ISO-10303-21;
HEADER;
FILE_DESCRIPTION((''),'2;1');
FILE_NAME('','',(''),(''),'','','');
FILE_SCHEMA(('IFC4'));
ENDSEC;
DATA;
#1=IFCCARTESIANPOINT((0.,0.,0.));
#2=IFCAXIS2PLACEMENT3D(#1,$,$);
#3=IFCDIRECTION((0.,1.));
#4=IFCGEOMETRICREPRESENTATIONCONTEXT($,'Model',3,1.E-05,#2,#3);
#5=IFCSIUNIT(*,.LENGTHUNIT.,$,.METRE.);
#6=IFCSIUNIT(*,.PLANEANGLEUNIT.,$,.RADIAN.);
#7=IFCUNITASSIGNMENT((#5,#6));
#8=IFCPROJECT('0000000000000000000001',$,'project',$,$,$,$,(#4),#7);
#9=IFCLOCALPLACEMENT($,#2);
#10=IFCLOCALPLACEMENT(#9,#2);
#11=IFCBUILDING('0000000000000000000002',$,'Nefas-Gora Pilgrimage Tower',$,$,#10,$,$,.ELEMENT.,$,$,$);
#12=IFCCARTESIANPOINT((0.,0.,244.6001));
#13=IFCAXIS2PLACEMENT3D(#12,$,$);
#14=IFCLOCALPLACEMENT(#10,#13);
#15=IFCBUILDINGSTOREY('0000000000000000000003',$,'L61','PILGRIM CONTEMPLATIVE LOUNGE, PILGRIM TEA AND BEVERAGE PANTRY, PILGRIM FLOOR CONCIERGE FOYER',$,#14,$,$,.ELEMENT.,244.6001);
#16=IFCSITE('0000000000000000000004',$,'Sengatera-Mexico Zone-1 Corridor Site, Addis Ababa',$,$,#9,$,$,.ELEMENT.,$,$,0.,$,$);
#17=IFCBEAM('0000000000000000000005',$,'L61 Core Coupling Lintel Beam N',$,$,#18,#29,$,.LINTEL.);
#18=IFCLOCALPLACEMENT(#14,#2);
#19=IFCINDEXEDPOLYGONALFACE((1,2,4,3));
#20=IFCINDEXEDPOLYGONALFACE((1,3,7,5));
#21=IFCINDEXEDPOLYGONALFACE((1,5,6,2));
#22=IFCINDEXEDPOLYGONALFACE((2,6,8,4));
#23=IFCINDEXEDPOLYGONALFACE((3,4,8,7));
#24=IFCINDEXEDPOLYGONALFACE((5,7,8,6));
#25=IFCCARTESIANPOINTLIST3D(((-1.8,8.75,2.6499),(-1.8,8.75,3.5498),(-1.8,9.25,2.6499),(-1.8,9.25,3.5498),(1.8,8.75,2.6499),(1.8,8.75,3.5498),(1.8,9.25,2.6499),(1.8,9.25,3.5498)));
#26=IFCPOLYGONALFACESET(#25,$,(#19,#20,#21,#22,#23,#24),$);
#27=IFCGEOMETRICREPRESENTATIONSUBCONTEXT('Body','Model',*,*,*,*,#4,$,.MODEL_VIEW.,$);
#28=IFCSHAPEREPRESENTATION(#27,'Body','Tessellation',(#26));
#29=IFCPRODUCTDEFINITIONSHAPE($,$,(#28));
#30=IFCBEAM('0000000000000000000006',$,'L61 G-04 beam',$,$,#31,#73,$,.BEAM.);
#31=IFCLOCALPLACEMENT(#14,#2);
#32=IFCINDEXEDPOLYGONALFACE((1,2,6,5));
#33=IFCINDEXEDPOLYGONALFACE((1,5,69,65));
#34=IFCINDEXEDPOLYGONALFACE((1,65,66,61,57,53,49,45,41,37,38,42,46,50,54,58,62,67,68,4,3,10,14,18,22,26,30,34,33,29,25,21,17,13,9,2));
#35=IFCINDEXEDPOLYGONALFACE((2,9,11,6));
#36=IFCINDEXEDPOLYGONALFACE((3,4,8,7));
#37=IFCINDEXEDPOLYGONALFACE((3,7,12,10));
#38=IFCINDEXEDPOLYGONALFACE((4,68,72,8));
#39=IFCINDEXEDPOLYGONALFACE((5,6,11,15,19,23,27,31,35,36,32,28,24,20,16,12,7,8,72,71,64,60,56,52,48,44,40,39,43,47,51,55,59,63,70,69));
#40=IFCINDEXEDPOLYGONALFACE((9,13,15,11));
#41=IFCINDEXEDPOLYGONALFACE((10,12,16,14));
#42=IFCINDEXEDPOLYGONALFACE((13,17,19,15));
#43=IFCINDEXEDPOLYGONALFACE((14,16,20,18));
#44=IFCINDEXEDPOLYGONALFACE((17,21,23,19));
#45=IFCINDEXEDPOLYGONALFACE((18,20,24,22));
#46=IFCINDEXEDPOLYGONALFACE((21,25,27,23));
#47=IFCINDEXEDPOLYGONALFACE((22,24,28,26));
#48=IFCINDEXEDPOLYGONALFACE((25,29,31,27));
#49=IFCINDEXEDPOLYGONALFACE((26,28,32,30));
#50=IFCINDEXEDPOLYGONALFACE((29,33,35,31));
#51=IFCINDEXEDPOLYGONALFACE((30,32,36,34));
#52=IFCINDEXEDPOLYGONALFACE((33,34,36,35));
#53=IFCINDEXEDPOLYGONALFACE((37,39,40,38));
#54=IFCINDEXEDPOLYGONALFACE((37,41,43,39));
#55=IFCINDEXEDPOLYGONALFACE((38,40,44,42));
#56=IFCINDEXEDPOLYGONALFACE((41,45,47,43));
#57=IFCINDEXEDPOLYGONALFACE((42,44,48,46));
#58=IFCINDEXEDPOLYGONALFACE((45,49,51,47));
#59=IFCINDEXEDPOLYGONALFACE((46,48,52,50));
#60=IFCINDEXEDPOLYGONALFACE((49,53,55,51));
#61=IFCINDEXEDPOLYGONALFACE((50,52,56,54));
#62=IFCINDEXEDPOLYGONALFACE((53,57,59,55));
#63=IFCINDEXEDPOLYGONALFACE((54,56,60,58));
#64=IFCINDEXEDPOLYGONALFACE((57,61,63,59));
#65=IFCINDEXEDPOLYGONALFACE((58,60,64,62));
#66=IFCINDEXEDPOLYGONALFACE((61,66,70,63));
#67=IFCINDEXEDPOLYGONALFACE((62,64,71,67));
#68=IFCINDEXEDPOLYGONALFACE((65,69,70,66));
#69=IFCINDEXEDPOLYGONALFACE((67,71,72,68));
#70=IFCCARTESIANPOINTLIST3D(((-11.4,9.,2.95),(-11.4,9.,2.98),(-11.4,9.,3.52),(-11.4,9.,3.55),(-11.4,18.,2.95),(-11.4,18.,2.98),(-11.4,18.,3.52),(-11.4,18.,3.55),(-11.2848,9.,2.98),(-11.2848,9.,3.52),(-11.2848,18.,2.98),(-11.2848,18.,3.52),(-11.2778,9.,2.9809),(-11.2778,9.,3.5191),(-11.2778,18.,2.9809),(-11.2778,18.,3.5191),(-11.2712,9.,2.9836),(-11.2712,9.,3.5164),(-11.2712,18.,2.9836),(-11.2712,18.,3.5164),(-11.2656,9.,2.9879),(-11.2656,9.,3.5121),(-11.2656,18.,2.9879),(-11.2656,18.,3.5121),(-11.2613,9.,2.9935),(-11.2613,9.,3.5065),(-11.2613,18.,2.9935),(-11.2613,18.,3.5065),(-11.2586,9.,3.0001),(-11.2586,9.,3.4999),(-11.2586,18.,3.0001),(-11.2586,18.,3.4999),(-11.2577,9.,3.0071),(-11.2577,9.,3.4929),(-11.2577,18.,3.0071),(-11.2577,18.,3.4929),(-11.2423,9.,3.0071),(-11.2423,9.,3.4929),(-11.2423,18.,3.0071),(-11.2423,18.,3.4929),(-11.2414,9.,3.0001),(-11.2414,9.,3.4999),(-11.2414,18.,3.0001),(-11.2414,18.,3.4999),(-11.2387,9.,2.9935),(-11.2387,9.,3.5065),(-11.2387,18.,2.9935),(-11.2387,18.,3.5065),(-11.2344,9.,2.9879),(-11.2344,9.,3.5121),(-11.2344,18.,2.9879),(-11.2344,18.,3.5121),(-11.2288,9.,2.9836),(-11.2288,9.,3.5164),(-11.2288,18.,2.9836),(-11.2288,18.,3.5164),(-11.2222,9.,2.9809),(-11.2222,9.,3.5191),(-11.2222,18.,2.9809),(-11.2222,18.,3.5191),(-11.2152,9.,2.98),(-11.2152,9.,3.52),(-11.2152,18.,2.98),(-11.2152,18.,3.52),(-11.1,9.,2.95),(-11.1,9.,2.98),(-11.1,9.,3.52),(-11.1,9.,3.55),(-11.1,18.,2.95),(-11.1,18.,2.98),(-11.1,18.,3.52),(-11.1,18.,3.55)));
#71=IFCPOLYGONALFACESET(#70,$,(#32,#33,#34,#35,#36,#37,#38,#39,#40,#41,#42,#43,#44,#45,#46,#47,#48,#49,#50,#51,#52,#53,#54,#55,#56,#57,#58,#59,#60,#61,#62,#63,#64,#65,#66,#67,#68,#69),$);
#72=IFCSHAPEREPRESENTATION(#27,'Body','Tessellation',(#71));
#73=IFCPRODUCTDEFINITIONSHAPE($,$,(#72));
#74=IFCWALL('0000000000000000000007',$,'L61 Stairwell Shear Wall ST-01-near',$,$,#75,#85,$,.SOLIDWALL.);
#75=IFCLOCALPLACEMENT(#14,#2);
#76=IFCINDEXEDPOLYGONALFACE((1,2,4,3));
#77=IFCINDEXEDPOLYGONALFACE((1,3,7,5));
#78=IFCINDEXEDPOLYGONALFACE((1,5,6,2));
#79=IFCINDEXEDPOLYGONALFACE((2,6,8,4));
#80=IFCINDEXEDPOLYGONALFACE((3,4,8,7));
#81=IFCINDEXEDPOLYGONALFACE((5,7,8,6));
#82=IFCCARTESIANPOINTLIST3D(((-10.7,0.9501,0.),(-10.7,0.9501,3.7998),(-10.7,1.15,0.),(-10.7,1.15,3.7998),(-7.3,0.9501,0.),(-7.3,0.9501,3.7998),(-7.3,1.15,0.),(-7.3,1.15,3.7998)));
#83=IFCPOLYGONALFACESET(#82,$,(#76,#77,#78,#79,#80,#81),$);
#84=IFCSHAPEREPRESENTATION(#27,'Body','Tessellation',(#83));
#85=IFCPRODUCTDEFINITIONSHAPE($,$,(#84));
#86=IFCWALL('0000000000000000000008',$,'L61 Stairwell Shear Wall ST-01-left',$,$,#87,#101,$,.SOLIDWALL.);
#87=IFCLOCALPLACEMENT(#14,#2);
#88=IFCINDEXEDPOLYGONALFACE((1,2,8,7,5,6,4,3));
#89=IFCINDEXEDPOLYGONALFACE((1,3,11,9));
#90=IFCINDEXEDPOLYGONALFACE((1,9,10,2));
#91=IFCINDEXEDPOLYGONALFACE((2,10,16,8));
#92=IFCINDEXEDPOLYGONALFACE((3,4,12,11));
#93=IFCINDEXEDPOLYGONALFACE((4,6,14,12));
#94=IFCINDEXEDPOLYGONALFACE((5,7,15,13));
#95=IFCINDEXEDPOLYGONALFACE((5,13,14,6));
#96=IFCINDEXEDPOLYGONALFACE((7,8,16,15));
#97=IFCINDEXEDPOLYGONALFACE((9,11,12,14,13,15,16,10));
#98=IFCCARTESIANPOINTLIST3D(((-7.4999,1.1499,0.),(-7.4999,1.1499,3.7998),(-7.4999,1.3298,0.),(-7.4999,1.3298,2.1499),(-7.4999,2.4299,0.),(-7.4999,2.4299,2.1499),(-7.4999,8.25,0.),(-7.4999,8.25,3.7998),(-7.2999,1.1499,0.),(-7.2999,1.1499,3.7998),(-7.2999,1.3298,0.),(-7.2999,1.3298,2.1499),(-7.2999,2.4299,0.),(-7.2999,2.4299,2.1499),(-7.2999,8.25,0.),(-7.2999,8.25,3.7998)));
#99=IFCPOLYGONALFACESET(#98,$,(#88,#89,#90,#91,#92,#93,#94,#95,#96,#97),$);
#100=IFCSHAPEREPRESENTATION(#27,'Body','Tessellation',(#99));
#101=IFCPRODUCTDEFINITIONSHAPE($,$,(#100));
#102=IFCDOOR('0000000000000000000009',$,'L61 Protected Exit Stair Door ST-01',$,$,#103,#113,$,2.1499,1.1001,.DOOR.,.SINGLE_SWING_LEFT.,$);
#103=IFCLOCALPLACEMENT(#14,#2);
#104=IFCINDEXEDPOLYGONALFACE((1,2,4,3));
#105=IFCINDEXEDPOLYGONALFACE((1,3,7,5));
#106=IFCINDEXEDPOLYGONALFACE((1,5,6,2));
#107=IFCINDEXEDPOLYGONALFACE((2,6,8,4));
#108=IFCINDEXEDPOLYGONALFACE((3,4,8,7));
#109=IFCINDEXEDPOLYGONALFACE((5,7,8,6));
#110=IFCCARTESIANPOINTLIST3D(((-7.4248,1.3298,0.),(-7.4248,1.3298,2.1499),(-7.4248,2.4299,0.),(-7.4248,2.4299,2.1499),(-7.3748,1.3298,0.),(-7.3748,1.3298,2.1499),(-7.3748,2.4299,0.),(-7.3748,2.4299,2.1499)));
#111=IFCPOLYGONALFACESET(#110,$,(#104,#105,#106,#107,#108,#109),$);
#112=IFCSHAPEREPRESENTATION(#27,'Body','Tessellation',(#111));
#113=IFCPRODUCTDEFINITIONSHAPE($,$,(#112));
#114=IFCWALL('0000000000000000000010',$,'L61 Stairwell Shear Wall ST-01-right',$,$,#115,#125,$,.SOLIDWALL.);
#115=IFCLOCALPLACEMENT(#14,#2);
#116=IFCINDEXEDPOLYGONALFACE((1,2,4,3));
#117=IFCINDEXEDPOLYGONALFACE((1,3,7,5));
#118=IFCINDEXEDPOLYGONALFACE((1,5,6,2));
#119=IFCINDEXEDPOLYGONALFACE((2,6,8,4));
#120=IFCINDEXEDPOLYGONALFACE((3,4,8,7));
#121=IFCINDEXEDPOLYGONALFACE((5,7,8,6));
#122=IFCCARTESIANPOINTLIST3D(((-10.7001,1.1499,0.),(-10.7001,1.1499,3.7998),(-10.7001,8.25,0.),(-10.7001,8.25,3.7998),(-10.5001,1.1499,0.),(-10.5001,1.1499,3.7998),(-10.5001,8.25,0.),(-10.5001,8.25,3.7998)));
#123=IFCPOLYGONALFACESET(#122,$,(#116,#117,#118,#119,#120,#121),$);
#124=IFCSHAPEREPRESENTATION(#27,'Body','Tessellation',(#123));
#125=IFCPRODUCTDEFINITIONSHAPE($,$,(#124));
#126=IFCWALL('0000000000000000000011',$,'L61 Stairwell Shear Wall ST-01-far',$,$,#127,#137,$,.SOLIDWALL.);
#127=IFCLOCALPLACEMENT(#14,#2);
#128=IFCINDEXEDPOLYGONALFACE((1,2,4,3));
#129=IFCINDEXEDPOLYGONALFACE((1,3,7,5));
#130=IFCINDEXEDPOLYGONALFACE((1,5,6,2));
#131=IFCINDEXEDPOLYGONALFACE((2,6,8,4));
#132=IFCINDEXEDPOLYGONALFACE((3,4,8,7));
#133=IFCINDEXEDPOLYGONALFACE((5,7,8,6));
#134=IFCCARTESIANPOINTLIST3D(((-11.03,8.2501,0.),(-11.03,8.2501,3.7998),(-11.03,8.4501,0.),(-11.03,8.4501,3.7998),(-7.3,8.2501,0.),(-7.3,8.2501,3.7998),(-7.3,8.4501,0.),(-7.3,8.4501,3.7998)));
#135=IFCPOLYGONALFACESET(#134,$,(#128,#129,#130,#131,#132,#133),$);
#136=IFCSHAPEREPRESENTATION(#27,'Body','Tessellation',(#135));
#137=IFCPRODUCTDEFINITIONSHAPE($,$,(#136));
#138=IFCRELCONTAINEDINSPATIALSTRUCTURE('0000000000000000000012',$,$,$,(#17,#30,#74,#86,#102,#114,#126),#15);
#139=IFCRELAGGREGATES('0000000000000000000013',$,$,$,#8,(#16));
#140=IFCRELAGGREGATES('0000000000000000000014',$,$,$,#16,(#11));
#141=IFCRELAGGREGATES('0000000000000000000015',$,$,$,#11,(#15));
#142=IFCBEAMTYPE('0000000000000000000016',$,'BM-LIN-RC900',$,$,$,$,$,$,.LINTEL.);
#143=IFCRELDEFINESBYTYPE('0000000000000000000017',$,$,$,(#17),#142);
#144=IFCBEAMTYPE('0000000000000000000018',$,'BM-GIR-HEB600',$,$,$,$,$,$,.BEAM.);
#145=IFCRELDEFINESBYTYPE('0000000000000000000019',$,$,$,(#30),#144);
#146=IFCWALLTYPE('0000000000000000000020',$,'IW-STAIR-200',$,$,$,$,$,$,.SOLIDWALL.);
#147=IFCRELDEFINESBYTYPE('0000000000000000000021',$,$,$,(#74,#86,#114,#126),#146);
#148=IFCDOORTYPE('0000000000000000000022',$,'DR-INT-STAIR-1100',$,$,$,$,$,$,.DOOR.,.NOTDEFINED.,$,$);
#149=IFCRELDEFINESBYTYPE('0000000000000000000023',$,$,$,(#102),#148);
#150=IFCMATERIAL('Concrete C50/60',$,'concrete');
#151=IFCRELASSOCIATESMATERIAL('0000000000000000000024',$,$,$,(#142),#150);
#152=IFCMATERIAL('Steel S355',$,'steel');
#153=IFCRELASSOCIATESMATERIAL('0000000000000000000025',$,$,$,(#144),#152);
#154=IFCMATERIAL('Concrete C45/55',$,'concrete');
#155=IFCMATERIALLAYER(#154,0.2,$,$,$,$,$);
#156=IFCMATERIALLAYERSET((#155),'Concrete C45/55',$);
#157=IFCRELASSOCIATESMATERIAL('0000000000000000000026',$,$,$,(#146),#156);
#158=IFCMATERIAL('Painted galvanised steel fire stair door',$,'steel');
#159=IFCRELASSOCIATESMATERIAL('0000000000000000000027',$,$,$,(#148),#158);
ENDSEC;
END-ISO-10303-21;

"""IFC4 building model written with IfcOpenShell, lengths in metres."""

from ifc_helpers import new_model, si_unit, direction, frame, frame_2d, origin, origin_2d, place, context, subcontext, project, spatial, rectangle, i_section, extrude, source, transform, mapped, material, layer, layer_set, material_profile, profile_set, type_object, element, fill, save


model = new_model("IFC4")

# Units and contexts
model_context = context("Model", 3, precision=1e-05, world=origin(), true_north=direction((0.0, 1.0)))
body_context = subcontext(model_context, "Body", "Model", "MODEL_VIEW")
ifc_project = project(units=[si_unit("LENGTHUNIT", "METRE"), si_unit("PLANEANGLEUNIT", "RADIAN")], contexts=[model_context])

# Site, building, storey
site_placement = place(None, origin())
site = spatial("IfcSite", under=ifc_project, at=site_placement, Name="Sengatera-Mexico Zone-1 Corridor Site, Addis Ababa", CompositionType="ELEMENT", RefElevation=0.0)
building_placement = place(site_placement, origin())
building = spatial("IfcBuilding", under=site, at=building_placement, Name="Nefas-Gora Pilgrimage Tower", CompositionType="ELEMENT")
storey_placement = place(building_placement, frame((0.0, 0.0, 244.6001)))
storey = spatial("IfcBuildingStorey", under=building, at=storey_placement, Name="L61", Description="PILGRIM CONTEMPLATIVE LOUNGE, PILGRIM TEA AND BEVERAGE PANTRY, PILGRIM FLOOR CONCIERGE FOYER", CompositionType="ELEMENT", Elevation=244.6001)

# Beams
ifc_material_1 = material(Name="Concrete C50/60", Category="concrete")
ifc_material_profile_1 = material_profile(ifc_material_1, rectangle(XDim=0.5, YDim=0.8999, at=origin_2d()), Name="RC 500x900")
ifc_profile_set_1 = profile_set([ifc_material_profile_1], Name="Concrete C50/60")
beam_type_1 = type_object("IfcBeamType", Name="BM-LIN-RC900", PredefinedType="LINTEL", material=ifc_profile_set_1)
shared_shape_1 = source(origin(), body_context, "Body", "SweptSolid", [
    extrude(rectangle(XDim=0.5, YDim=0.8999, at=origin_2d()), origin(), (0.0, 0.0, 1.0), 3.6001),
])
beam_1_placement = place(storey_placement, frame((-1.8, 9.0, 3.0999), z_axis=(1.0, 0.0, 0.0), x_axis=(0.0, 1.0, 0.0)))
element("IfcBeam", 1, at=beam_1_placement, inside=storey, type_object=beam_type_1, Name="L61 Core Coupling Lintel Beam N", PredefinedType="LINTEL", context=body_context, shape_type="MappedRepresentation", body=[
    mapped(shared_shape_1, transform((0.0, 0.0, 0.0), x_axis=(1.0, 0.0, 0.0), y_axis=(0.0, 1.0, 0.0), z_axis=(0.0, 0.0, 1.0), scale=1.0)),
])
ifc_material_2 = material(Name="Steel S355", Category="steel")
ifc_material_profile_2 = material_profile(ifc_material_2, i_section(OverallWidth=0.3, OverallDepth=0.6001, WebThickness=0.0154, FlangeThickness=0.03, FilletRadius=0.0271, at=origin_2d()), Name="HEB 600")
ifc_profile_set_2 = profile_set([ifc_material_profile_2], Name="Steel S355")
beam_type_2 = type_object("IfcBeamType", Name="BM-GIR-HEB600", PredefinedType="BEAM", material=ifc_profile_set_2)
shared_shape_2 = source(origin(), body_context, "Body", "SweptSolid", [
    extrude(i_section(OverallWidth=0.3, OverallDepth=0.6001, WebThickness=0.0154, FlangeThickness=0.03, FilletRadius=0.0271, at=origin_2d()), origin(), (0.0, 0.0, 1.0), 9.0),
])
beam_2_placement = place(storey_placement, frame((-11.25, 9.0, 3.25), z_axis=(0.0, 1.0, 0.0), x_axis=(-1.0, 0.0, 0.0)))
element("IfcBeam", 2, at=beam_2_placement, inside=storey, type_object=beam_type_2, Name="L61 G-04 beam", PredefinedType="BEAM", context=body_context, shape_type="MappedRepresentation", body=[
    mapped(shared_shape_2, transform((0.0, 0.0, 0.0), x_axis=(1.0, 0.0, 0.0), y_axis=(0.0, 1.0, 0.0), z_axis=(0.0, 0.0, 1.0), scale=1.0)),
])

# Wall
ifc_material_3 = material(Name="Concrete C45/55", Category="concrete")
ifc_layer_1 = layer(ifc_material_3, 0.2)
ifc_layer_set_1 = layer_set([ifc_layer_1], Name="Concrete C45/55")
wall_type_1 = type_object("IfcWallType", Name="IW-STAIR-200", PredefinedType="SOLIDWALL", material=ifc_layer_set_1)
shared_shape_3 = source(origin(), body_context, "Body", "SweptSolid", [
    extrude(rectangle(XDim=3.3999, YDim=0.2, at=frame_2d((1.7, 0.0))), origin(), (0.0, 0.0, 1.0), 3.7998),
])
wall_1_placement = place(storey_placement, frame((-7.3, 1.05, 0.0), z_axis=(0.0, 0.0, 1.0), x_axis=(-1.0, 0.0, 0.0)))
element("IfcWall", 3, at=wall_1_placement, inside=storey, type_object=wall_type_1, Name="L61 Stairwell Shear Wall ST-01-near", PredefinedType="SOLIDWALL", context=body_context, shape_type="MappedRepresentation", body=[
    mapped(shared_shape_3, transform((0.0, 0.0, 0.0), x_axis=(1.0, 0.0, 0.0), y_axis=(0.0, 1.0, 0.0), z_axis=(0.0, 0.0, 1.0), scale=1.0)),
])

# Wall, opening, door
shared_shape_4 = source(origin(), body_context, "Body", "SweptSolid", [
    extrude(rectangle(XDim=7.1001, YDim=0.2, at=frame_2d((3.55, 0.0))), origin(), (0.0, 0.0, 1.0), 3.7998),
])
wall_2_placement = place(storey_placement, frame((-7.3999, 1.1499, 0.0), z_axis=(0.0, 0.0, 1.0), x_axis=(0.0, 1.0, 0.0)))
wall_2 = element("IfcWall", 4, at=wall_2_placement, inside=storey, type_object=wall_type_1, Name="L61 Stairwell Shear Wall ST-01-left", PredefinedType="SOLIDWALL", context=body_context, shape_type="MappedRepresentation", body=[
    mapped(shared_shape_4, transform((0.0, 0.0, 0.0), x_axis=(1.0, 0.0, 0.0), y_axis=(0.0, 1.0, 0.0), z_axis=(0.0, 0.0, 1.0), scale=1.0)),
])
opening_1_placement = place(wall_2_placement, frame((0.1799, 0.0, 0.0)))
opening_1 = element("IfcOpeningElement", 5, at=opening_1_placement, cuts=wall_2, PredefinedType="OPENING", context=body_context, shape_type="SweptSolid", body=[
    extrude(rectangle(XDim=1.1001, YDim=2.1499, at=frame_2d((0.55, 1.075))), frame((0.0, 0.1099, 0.0), z_axis=(0.0, -1.0, 0.0), x_axis=(1.0, 0.0, 0.0)), (0.0, 0.0, 1.0), 0.22),
])
ifc_material_4 = material(Name="Painted galvanised steel fire stair door", Category="steel")
door_type_1 = type_object("IfcDoorType", Name="DR-INT-STAIR-1100", OperationType="NOTDEFINED", PredefinedType="DOOR", material=ifc_material_4)
shared_shape_5 = source(origin(), body_context, "Body", "SweptSolid", [
    extrude(rectangle(XDim=1.1001, YDim=2.1499, at=frame_2d((0.55, 1.075))), frame((0.0, 0.0249, 0.0), z_axis=(0.0, -1.0, 0.0), x_axis=(1.0, 0.0, 0.0)), (0.0, 0.0, 1.0), 0.05),
])
door_1_placement = place(opening_1_placement, origin())
door_1 = element("IfcDoor", 6, at=door_1_placement, inside=storey, type_object=door_type_1, Name="L61 Protected Exit Stair Door ST-01", OperationType="SINGLE_SWING_LEFT", OverallHeight=2.1499, OverallWidth=1.1001, PredefinedType="DOOR", context=body_context, shape_type="MappedRepresentation", body=[
    mapped(shared_shape_5, transform((0.0, 0.0, 0.0), x_axis=(1.0, 0.0, 0.0), y_axis=(0.0, 1.0, 0.0), z_axis=(0.0, 0.0, 1.0), scale=1.0)),
])
fill(opening_1, door_1)

# Walls
wall_3_placement = place(storey_placement, frame((-10.6001, 1.1499, 0.0), z_axis=(0.0, 0.0, 1.0), x_axis=(0.0, 1.0, 0.0)))
element("IfcWall", 7, at=wall_3_placement, inside=storey, type_object=wall_type_1, Name="L61 Stairwell Shear Wall ST-01-right", PredefinedType="SOLIDWALL", context=body_context, shape_type="MappedRepresentation", body=[
    mapped(shared_shape_4, transform((0.0, 0.0, 0.0), x_axis=(1.0, 0.0, 0.0), y_axis=(0.0, 1.0, 0.0), z_axis=(0.0, 0.0, 1.0), scale=1.0)),
])
shared_shape_6 = source(origin(), body_context, "Body", "SweptSolid", [
    extrude(rectangle(XDim=3.73, YDim=0.2, at=frame_2d((1.865, 0.0))), origin(), (0.0, 0.0, 1.0), 3.7998),
])
wall_4_placement = place(storey_placement, frame((-7.3, 8.3501, 0.0), z_axis=(0.0, 0.0, 1.0), x_axis=(-1.0, 0.0, 0.0)))
element("IfcWall", 8, at=wall_4_placement, inside=storey, type_object=wall_type_1, Name="L61 Stairwell Shear Wall ST-01-far", PredefinedType="SOLIDWALL", context=body_context, shape_type="MappedRepresentation", body=[
    mapped(shared_shape_6, transform((0.0, 0.0, 0.0), x_axis=(1.0, 0.0, 0.0), y_axis=(0.0, 1.0, 0.0), z_axis=(0.0, 0.0, 1.0), scale=1.0)),
])

save(model, "model.ifc")
